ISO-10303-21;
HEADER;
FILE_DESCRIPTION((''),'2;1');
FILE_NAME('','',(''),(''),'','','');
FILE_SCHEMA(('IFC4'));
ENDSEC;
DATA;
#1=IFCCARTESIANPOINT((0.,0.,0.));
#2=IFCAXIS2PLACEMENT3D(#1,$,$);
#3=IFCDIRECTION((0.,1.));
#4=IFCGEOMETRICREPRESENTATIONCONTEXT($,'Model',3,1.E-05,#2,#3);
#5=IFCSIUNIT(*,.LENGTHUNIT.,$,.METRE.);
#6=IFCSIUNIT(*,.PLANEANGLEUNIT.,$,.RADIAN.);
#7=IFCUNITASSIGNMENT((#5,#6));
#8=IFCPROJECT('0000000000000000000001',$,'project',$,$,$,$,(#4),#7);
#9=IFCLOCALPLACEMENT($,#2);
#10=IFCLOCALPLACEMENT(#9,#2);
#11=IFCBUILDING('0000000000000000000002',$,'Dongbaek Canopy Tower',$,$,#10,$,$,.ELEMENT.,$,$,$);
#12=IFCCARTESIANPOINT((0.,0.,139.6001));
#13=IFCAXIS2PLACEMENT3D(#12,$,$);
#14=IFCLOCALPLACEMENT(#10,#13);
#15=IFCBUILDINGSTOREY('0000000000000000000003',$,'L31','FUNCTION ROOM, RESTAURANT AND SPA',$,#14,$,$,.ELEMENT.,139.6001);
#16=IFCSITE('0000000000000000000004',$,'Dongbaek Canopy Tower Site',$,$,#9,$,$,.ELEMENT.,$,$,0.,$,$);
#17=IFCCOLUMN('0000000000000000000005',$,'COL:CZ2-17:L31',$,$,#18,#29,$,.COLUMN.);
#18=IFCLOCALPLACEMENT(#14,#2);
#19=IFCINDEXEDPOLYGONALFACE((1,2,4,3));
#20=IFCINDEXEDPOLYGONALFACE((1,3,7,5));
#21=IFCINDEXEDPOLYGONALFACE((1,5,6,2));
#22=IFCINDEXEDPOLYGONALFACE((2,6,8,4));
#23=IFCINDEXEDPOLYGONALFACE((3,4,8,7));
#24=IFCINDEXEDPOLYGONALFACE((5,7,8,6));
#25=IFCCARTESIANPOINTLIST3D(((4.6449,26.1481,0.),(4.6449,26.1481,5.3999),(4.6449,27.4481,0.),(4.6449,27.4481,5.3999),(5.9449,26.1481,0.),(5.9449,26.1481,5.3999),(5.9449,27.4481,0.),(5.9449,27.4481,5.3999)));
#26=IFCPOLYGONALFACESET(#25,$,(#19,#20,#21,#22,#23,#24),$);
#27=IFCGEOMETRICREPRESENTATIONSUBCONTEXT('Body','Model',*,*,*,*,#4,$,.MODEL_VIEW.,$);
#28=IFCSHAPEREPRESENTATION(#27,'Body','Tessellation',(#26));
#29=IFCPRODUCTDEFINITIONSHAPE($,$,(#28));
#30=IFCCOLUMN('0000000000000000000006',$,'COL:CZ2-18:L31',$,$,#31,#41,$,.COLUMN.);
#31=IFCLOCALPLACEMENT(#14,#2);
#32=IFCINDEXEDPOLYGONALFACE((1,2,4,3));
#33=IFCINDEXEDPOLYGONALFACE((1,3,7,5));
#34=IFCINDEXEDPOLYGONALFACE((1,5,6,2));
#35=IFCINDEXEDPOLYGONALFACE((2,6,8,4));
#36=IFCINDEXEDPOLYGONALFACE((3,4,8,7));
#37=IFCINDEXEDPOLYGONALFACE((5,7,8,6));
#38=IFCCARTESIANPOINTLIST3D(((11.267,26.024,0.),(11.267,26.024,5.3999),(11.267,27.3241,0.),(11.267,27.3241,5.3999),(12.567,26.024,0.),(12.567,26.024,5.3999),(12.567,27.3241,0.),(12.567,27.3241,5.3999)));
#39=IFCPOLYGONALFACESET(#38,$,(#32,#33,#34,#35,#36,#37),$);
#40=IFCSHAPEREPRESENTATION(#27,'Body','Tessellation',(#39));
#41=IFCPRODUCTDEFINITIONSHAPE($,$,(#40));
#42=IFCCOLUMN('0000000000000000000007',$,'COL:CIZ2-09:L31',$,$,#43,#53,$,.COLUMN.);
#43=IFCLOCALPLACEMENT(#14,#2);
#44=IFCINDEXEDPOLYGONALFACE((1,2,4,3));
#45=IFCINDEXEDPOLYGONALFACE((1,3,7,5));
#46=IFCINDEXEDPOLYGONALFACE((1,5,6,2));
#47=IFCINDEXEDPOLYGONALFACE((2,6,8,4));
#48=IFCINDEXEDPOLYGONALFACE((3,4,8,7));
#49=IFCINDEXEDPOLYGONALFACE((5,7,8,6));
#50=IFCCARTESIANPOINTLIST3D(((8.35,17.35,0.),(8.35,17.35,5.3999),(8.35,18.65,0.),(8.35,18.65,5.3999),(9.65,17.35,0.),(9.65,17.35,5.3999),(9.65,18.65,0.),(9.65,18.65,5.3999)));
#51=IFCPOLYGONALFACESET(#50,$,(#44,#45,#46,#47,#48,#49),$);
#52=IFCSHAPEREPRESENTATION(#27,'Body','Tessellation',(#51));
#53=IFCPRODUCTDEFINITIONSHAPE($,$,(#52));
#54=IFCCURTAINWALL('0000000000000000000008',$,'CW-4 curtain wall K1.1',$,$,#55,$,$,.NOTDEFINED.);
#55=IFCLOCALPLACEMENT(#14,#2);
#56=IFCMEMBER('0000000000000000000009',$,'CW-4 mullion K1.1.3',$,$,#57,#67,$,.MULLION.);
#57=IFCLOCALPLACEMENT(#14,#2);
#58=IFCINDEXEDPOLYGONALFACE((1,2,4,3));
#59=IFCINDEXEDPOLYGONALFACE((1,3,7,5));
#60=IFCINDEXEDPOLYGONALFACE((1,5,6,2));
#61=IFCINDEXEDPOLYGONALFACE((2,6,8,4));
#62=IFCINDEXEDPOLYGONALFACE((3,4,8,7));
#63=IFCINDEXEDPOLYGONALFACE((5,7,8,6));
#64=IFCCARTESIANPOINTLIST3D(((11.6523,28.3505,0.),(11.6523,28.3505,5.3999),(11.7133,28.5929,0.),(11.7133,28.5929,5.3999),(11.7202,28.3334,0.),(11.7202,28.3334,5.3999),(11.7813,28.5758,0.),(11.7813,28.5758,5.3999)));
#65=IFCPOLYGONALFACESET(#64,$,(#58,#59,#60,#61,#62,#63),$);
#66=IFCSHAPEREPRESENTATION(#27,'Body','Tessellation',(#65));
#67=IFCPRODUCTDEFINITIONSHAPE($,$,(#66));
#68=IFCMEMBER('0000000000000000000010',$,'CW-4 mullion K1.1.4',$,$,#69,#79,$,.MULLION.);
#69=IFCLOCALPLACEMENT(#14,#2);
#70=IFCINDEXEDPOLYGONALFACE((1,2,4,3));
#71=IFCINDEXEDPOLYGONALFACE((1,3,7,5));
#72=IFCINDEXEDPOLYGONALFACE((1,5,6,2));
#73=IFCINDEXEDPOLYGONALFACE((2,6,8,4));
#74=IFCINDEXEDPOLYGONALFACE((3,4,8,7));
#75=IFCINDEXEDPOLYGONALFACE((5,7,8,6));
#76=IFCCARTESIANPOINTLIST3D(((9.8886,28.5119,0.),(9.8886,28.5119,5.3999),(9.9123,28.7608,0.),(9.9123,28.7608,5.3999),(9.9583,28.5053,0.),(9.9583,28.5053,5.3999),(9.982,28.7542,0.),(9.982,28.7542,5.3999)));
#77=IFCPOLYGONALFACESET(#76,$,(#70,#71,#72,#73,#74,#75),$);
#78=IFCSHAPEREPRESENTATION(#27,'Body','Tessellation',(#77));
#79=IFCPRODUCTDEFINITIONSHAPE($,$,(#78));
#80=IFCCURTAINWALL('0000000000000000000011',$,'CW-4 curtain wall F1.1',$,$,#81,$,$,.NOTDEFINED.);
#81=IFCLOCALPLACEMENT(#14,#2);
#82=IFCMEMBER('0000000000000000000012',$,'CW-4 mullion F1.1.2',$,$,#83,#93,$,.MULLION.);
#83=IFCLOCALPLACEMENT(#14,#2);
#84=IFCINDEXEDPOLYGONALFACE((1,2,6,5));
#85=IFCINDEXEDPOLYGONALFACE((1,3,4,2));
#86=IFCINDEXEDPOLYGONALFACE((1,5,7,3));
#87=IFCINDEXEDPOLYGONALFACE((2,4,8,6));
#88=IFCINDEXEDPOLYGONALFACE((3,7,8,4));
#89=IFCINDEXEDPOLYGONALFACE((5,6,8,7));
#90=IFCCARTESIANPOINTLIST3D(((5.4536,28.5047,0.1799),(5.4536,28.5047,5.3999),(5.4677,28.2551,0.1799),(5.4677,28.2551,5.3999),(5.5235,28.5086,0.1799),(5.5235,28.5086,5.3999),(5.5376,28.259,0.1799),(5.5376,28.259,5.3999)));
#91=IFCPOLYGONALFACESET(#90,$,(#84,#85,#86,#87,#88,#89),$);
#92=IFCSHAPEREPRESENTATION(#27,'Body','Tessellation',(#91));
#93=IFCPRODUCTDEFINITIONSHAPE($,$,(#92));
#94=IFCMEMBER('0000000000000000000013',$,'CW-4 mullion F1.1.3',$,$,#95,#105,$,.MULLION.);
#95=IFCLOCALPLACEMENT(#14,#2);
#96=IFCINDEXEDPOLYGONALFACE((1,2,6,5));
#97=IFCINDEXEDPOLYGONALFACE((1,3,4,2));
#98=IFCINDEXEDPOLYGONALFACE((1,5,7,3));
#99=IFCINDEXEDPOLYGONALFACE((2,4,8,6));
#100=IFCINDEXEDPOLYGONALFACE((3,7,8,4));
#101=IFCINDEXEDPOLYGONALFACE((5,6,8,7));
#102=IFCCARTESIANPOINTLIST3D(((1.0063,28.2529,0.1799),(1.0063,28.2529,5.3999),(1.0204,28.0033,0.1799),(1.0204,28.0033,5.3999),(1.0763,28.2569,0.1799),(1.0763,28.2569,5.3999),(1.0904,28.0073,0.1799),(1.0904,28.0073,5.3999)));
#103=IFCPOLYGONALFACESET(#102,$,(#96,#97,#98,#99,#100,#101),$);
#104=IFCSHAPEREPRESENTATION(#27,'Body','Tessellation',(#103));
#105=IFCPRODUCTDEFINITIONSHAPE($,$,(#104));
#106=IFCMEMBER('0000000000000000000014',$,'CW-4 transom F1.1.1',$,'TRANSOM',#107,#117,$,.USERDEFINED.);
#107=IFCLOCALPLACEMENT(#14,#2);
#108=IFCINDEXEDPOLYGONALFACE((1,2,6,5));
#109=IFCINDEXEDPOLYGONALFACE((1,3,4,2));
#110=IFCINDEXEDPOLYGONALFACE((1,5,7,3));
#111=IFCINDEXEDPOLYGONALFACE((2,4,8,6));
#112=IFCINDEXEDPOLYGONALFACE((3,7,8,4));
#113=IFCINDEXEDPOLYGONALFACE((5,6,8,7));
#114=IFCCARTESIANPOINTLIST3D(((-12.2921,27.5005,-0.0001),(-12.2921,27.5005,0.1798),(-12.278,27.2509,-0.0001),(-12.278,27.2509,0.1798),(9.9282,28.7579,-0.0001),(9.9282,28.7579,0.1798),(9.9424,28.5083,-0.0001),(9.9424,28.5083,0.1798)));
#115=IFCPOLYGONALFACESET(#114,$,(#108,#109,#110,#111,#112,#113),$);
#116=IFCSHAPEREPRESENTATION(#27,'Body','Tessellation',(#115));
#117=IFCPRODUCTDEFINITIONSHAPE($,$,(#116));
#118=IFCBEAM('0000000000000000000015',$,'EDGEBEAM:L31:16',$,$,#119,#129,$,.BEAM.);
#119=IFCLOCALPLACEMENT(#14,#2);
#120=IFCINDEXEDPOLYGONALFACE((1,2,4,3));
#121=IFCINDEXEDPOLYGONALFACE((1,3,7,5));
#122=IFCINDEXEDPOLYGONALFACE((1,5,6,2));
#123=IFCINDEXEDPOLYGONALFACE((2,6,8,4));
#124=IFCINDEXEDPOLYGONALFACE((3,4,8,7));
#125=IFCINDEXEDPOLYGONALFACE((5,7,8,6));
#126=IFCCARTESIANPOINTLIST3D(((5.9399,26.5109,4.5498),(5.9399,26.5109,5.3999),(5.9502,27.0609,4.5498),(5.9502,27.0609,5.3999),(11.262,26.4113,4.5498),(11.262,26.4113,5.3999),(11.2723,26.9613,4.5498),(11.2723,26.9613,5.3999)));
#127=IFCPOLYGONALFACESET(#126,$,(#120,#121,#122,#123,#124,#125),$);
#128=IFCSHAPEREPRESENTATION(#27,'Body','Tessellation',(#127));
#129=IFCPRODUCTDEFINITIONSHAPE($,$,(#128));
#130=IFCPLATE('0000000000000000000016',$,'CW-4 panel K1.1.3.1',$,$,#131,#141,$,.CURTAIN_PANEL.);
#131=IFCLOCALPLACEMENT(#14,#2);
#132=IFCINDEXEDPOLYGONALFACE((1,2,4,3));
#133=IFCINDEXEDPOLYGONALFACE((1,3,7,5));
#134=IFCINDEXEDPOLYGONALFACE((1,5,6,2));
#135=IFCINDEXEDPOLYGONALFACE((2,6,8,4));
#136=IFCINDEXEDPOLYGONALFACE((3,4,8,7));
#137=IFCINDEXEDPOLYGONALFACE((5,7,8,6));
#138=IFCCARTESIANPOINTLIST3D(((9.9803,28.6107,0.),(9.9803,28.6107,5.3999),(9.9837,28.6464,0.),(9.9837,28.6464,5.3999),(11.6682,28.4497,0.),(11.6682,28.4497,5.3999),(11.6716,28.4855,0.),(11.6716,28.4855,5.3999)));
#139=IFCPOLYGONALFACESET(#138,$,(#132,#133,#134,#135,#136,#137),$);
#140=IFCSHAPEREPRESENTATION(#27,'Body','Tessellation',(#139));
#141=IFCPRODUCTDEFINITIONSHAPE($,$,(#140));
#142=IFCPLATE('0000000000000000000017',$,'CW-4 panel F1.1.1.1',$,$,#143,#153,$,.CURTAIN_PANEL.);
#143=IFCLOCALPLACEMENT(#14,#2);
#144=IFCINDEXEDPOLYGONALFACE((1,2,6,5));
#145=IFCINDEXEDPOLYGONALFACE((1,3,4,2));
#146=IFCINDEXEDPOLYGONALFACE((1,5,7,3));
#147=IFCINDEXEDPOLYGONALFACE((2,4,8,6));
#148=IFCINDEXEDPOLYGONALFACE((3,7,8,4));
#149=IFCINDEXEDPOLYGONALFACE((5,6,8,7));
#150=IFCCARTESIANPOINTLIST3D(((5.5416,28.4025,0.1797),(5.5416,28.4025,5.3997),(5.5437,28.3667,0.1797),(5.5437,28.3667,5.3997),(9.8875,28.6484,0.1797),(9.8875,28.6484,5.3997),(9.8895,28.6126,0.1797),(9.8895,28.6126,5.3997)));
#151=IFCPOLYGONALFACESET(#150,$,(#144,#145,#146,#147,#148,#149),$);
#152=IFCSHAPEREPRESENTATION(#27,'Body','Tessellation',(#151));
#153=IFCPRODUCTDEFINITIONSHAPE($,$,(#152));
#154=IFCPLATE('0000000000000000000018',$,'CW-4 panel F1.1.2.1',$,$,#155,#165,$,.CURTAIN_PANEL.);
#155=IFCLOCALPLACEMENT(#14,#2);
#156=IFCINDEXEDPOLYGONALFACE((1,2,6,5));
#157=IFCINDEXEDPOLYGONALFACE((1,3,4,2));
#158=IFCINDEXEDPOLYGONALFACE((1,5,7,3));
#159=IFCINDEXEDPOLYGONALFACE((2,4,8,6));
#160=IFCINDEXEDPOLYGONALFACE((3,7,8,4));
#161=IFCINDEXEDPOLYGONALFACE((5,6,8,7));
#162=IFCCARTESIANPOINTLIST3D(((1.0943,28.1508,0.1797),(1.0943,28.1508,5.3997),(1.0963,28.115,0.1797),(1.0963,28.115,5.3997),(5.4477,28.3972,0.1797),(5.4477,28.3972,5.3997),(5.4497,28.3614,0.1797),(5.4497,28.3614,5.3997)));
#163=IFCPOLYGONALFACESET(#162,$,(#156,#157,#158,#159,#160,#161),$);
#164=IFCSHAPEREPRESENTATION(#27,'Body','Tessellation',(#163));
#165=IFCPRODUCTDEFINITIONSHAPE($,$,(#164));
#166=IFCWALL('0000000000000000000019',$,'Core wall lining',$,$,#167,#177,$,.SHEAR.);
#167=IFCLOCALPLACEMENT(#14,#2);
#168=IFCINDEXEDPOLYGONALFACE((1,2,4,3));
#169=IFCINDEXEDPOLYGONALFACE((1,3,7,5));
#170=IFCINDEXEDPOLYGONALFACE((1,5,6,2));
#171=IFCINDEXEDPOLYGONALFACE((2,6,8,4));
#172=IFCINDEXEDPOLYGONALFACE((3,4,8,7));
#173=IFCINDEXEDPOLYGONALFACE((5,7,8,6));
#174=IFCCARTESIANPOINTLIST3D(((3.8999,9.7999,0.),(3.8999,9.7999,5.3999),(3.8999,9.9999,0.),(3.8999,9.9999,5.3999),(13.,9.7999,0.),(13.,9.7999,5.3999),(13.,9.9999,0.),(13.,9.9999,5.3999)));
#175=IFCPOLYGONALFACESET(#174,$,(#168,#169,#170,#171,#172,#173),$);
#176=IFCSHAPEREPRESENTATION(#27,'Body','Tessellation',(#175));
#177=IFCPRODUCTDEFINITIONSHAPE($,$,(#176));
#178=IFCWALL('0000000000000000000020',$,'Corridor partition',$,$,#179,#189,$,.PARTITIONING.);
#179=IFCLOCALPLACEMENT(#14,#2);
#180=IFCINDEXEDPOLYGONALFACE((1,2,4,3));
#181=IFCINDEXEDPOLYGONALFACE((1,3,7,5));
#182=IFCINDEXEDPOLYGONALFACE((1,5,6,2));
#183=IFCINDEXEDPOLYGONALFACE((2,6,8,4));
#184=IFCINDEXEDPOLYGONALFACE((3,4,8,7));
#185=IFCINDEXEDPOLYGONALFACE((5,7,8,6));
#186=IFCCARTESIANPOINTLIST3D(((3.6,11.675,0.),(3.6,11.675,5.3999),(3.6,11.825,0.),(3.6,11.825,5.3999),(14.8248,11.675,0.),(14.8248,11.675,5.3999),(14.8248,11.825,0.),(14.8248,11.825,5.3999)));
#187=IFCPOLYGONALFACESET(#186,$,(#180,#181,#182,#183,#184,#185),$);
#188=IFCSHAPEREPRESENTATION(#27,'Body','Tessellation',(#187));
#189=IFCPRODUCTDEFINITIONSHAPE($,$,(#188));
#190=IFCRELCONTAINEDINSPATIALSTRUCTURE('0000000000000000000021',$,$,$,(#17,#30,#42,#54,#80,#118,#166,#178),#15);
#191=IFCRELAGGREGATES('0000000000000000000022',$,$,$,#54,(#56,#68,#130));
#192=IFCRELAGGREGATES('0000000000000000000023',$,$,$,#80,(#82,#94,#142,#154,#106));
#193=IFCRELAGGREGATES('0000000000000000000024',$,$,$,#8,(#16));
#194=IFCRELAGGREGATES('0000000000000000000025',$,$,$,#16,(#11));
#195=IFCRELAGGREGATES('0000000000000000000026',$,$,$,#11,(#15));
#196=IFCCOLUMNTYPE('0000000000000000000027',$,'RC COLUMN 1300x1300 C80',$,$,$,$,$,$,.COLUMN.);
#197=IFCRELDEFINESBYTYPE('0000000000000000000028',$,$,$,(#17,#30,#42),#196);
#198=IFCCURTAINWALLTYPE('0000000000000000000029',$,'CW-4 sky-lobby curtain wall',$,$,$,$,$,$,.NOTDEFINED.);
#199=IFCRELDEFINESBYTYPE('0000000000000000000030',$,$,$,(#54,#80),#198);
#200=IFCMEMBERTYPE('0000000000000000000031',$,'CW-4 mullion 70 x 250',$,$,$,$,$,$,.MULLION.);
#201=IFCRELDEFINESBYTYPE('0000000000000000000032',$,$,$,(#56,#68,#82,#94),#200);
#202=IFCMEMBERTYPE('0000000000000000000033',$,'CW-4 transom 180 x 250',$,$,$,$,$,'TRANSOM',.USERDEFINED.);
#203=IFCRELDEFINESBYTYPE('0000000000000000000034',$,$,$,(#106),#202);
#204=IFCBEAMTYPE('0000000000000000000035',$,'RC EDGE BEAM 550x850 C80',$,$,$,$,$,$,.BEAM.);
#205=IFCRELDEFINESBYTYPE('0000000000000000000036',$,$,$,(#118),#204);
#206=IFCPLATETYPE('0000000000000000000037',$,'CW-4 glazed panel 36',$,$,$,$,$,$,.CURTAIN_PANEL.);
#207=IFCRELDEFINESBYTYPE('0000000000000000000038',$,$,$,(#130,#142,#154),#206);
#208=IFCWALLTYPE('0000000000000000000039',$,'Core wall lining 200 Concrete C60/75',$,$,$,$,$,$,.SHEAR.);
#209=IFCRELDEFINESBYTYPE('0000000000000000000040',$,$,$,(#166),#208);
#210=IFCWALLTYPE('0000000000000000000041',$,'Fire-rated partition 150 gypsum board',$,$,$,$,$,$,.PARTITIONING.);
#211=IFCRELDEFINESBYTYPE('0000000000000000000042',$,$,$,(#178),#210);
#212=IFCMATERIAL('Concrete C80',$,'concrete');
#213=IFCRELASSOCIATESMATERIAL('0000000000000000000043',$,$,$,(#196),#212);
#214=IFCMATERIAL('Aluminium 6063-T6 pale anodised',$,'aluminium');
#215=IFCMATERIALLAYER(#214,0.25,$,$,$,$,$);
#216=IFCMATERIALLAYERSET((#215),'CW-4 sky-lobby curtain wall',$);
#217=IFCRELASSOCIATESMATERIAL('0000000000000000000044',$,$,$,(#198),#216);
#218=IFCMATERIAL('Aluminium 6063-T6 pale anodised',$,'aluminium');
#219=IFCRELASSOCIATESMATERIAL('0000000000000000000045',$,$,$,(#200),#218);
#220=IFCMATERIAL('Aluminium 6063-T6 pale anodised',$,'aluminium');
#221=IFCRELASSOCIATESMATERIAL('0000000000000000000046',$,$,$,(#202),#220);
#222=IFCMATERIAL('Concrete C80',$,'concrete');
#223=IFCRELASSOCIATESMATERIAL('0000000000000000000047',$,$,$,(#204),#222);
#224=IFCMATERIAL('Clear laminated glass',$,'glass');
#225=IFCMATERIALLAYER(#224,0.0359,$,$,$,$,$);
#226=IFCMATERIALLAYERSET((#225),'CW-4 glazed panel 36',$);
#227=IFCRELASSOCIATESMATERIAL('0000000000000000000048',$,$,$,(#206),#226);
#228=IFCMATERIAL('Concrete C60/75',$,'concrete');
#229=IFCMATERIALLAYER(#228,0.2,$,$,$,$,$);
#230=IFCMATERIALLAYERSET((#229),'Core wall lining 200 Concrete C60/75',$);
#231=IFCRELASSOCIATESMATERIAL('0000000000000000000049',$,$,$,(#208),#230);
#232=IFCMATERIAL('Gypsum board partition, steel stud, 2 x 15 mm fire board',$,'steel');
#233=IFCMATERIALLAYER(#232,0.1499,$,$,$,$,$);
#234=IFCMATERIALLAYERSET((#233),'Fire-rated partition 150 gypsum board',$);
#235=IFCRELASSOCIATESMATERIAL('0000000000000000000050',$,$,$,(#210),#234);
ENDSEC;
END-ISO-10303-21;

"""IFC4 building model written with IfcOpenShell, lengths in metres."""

from ifc_helpers import new_model, si_unit, direction, frame, frame_2d, origin, origin_2d, place, context, subcontext, project, spatial, rectangle, extrude, material, layer, layer_set, material_profile, profile_set, type_object, element, aggregate, save


model = new_model("IFC4")

# Units and contexts
model_context = context("Model", 3, precision=1e-05, world=origin(), true_north=direction((0.0, 1.0)))
body_context = subcontext(model_context, "Body", "Model", "MODEL_VIEW")
ifc_project = project(units=[si_unit("LENGTHUNIT", "METRE"), si_unit("PLANEANGLEUNIT", "RADIAN")], contexts=[model_context])

# Site, building, storey
site_placement = place(None, origin())
site = spatial("IfcSite", under=ifc_project, at=site_placement, Name="Dongbaek Canopy Tower Site", CompositionType="ELEMENT", RefElevation=0.0)
building_placement = place(site_placement, origin())
building = spatial("IfcBuilding", under=site, at=building_placement, Name="Dongbaek Canopy Tower", CompositionType="ELEMENT")
storey_placement = place(building_placement, frame((0.0, 0.0, 139.6001)))
storey = spatial("IfcBuildingStorey", under=building, at=storey_placement, Name="L31", Description="FUNCTION ROOM, RESTAURANT AND SPA", CompositionType="ELEMENT", Elevation=139.6001)

# Columns
ifc_material_1 = material(Name="Concrete C80", Category="concrete")
ifc_material_profile_1 = material_profile(ifc_material_1, rectangle(XDim=1.3, YDim=1.3, at=origin_2d()), Name="RC COLUMN 1300x1300 C80")
ifc_profile_set_1 = profile_set([ifc_material_profile_1], Name="Concrete C80")
column_type = type_object("IfcColumnType", Name="RC COLUMN 1300x1300 C80", PredefinedType="COLUMN", material=ifc_profile_set_1)
for number, where, z_axis, x_axis, name in (
    (1, (5.2949, 26.7981, 0.0), (0.0, 0.0, 1.0), (1.0, 0.0, 0.0), "COL:CZ2-17:L31"),
    (2, (11.917, 26.6741, 0.0), (0.0, 0.0, 1.0), (1.0, 0.0, 0.0), "COL:CZ2-18:L31"),
    (3, (9.0, 18.0, 0.0), (0.0, 0.0, 1.0), (1.0, 0.0, 0.0), "COL:CIZ2-09:L31"),
):
    element("IfcColumn", number, at=place(storey_placement, frame(where, z_axis=z_axis, x_axis=x_axis)), inside=storey, type_object=column_type, Name=name, PredefinedType="COLUMN", context=body_context, shape_type="SweptSolid", body=[
        extrude(rectangle(XDim=1.3, YDim=1.3, at=origin_2d()), origin(), (0.0, 0.0, 1.0), 5.3999),
    ])

# Curtain walls, members
ifc_material_2 = material(Name="Aluminium 6063-T6 pale anodised", Category="aluminium")
ifc_layer_1 = layer(ifc_material_2, 0.25)
ifc_layer_set_1 = layer_set([ifc_layer_1], Name="CW-4 sky-lobby curtain wall")
curtain_wall_type = type_object("IfcCurtainWallType", Name="CW-4 sky-lobby curtain wall", PredefinedType="NOTDEFINED", material=ifc_layer_set_1)
curtain_wall_1_placement = place(storey_placement, origin())
curtain_wall_1 = element("IfcCurtainWall", 4, at=curtain_wall_1_placement, inside=storey, type_object=curtain_wall_type, Name="CW-4 curtain wall K1.1", PredefinedType="NOTDEFINED")
ifc_material_3 = material(Name="Aluminium 6063-T6 pale anodised", Category="aluminium")
ifc_material_profile_2 = material_profile(ifc_material_3, rectangle(XDim=0.25, YDim=0.0701, at=origin_2d()), Name="CW-4 mullion 70 x 250")
ifc_profile_set_2 = profile_set([ifc_material_profile_2], Name="Aluminium 6063-T6 pale anodised")
member_type_1 = type_object("IfcMemberType", Name="CW-4 mullion 70 x 250", PredefinedType="MULLION", material=ifc_profile_set_2)
member_1_placement = place(storey_placement, frame((11.7168, 28.4631, 0.0), z_axis=(0.0, 0.0, 1.0), x_axis=(0.244197, 0.969726, 0.0)))
member_1 = element("IfcMember", 5, at=member_1_placement, type_object=member_type_1, Name="CW-4 mullion K1.1.3", PredefinedType="MULLION", context=body_context, shape_type="SweptSolid", body=[
    extrude(rectangle(XDim=0.25, YDim=0.0701, at=origin_2d()), origin(), (0.0, 0.0, 1.0), 5.3999),
])
member_2_placement = place(storey_placement, frame((9.9353, 28.6331, 0.0), z_axis=(0.0, 0.0, 1.0), x_axis=(0.09494, 0.995483, 0.0)))
member_2 = element("IfcMember", 6, at=member_2_placement, type_object=member_type_1, Name="CW-4 mullion K1.1.4", PredefinedType="MULLION", context=body_context, shape_type="SweptSolid", body=[
    extrude(rectangle(XDim=0.25, YDim=0.0701, at=origin_2d()), origin(), (0.0, 0.0, 1.0), 5.3999),
])
curtain_wall_2_placement = place(storey_placement, origin())
curtain_wall_2 = element("IfcCurtainWall", 7, at=curtain_wall_2_placement, inside=storey, type_object=curtain_wall_type, Name="CW-4 curtain wall F1.1", PredefinedType="NOTDEFINED")
member_3_placement = place(storey_placement, frame((5.4956, 28.3818, 0.1799), z_axis=(0.0, 0.0, 1.0), x_axis=(-0.056495, 0.998403, 0.0)))
member_3 = element("IfcMember", 8, at=member_3_placement, type_object=member_type_1, Name="CW-4 mullion F1.1.2", PredefinedType="MULLION", context=body_context, shape_type="SweptSolid", body=[
    extrude(rectangle(XDim=0.25, YDim=0.0701, at=origin_2d()), origin(), (0.0, 0.0, 1.0), 5.22),
])
member_4_placement = place(storey_placement, frame((1.0483, 28.1301, 0.1799), z_axis=(0.0, 0.0, 1.0), x_axis=(-0.056495, 0.998403, 0.0)))
member_4 = element("IfcMember", 9, at=member_4_placement, type_object=member_type_1, Name="CW-4 mullion F1.1.3", PredefinedType="MULLION", context=body_context, shape_type="SweptSolid", body=[
    extrude(rectangle(XDim=0.25, YDim=0.0701, at=origin_2d()), origin(), (0.0, 0.0, 1.0), 5.22),
])
ifc_material_4 = material(Name="Aluminium 6063-T6 pale anodised", Category="aluminium")
ifc_material_profile_3 = material_profile(ifc_material_4, rectangle(XDim=0.25, YDim=0.1799, at=origin_2d()), Name="CW-4 transom 180 x 250")
ifc_profile_set_3 = profile_set([ifc_material_profile_3], Name="Aluminium 6063-T6 pale anodised")
member_type_2 = type_object("IfcMemberType", Name="CW-4 transom 180 x 250", ElementType="TRANSOM", PredefinedType="USERDEFINED", material=ifc_profile_set_3)
member_5_placement = place(storey_placement, frame((9.9353, 28.6331, 0.0898), z_axis=(-0.998403, -0.056494, 0.0), x_axis=(0.056494, -0.998403, 0.0)))
member_5 = element("IfcMember", 10, at=member_5_placement, type_object=member_type_2, Name="CW-4 transom F1.1.1", ObjectType="TRANSOM", PredefinedType="USERDEFINED", context=body_context, shape_type="SweptSolid", body=[
    extrude(rectangle(XDim=0.25, YDim=0.1799, at=origin_2d()), origin(), (0.0, 0.0, 1.0), 22.2559),
])

# Beam
ifc_material_5 = material(Name="Concrete C80", Category="concrete")
ifc_material_profile_4 = material_profile(ifc_material_5, rectangle(XDim=0.55, YDim=0.8501, at=origin_2d()), Name="RC EDGE BEAM 550x850 C80")
ifc_profile_set_4 = profile_set([ifc_material_profile_4], Name="Concrete C80")
beam_type = type_object("IfcBeamType", Name="RC EDGE BEAM 550x850 C80", PredefinedType="BEAM", material=ifc_profile_set_4)
beam_placement = place(storey_placement, frame((5.9451, 26.7859, 4.9749), z_axis=(0.999825, -0.018713, 0.0), x_axis=(0.018713, 0.999825, 0.0)))
element("IfcBeam", 11, at=beam_placement, inside=storey, type_object=beam_type, Name="EDGEBEAM:L31:16", PredefinedType="BEAM", context=body_context, shape_type="SweptSolid", body=[
    extrude(rectangle(XDim=0.55, YDim=0.8501, at=origin_2d()), origin(), (0.0, 0.0, 1.0), 5.323),
])

# Plates
ifc_material_6 = material(Name="Clear laminated glass", Category="glass")
ifc_layer_2 = layer(ifc_material_6, 0.0359)
ifc_layer_set_2 = layer_set([ifc_layer_2], Name="CW-4 glazed panel 36")
plate_type = type_object("IfcPlateType", Name="CW-4 glazed panel 36", PredefinedType="CURTAIN_PANEL", material=ifc_layer_set_2)
plate_1_placement = place(storey_placement, frame((10.8259, 28.5481, 0.0), z_axis=(0.0, 0.0, 1.0), x_axis=(-0.995483, 0.09494, 0.0)))
plate_1 = element("IfcPlate", 12, at=plate_1_placement, type_object=plate_type, Name="CW-4 panel K1.1.3.1", PredefinedType="CURTAIN_PANEL", context=body_context, shape_type="SweptSolid", body=[
    extrude(rectangle(XDim=1.6956, YDim=0.0359, at=origin_2d()), origin(), (0.0, 0.0, 1.0), 5.3999),
])
aggregate(curtain_wall_1, [member_1, member_2, plate_1])
plate_2_placement = place(storey_placement, frame((7.7156, 28.5076, 0.1797), z_axis=(0.0, 0.0, 1.0), x_axis=(-0.998403, -0.056495, 0.0)))
plate_2 = element("IfcPlate", 13, at=plate_2_placement, type_object=plate_type, Name="CW-4 panel F1.1.1.1", PredefinedType="CURTAIN_PANEL", context=body_context, shape_type="SweptSolid", body=[
    extrude(rectangle(XDim=4.3528, YDim=0.0359, at=origin_2d()), origin(), (0.0, 0.0, 1.0), 5.22),
])
plate_3_placement = place(storey_placement, frame((3.272, 28.2561, 0.1797), z_axis=(0.0, 0.0, 1.0), x_axis=(-0.998403, -0.056495, 0.0)))
plate_3 = element("IfcPlate", 14, at=plate_3_placement, type_object=plate_type, Name="CW-4 panel F1.1.2.1", PredefinedType="CURTAIN_PANEL", context=body_context, shape_type="SweptSolid", body=[
    extrude(rectangle(XDim=4.3604, YDim=0.0359, at=origin_2d()), origin(), (0.0, 0.0, 1.0), 5.22),
])
aggregate(curtain_wall_2, [member_3, member_4, plate_2, plate_3, member_5])

# Walls
ifc_material_7 = material(Name="Concrete C60/75", Category="concrete")
ifc_layer_3 = layer(ifc_material_7, 0.2)
ifc_layer_set_3 = layer_set([ifc_layer_3], Name="Core wall lining 200 Concrete C60/75")
wall_type_1 = type_object("IfcWallType", Name="Core wall lining 200 Concrete C60/75", PredefinedType="SHEAR", material=ifc_layer_set_3)
wall_1_placement = place(storey_placement, frame((3.8999, 9.8999, 0.0), z_axis=(0.0, 0.0, 1.0), x_axis=(1.0, 0.0, 0.0)))
element("IfcWall", 15, at=wall_1_placement, inside=storey, type_object=wall_type_1, Name="Core wall lining", PredefinedType="SHEAR", context=body_context, shape_type="SweptSolid", body=[
    extrude(rectangle(XDim=9.1001, YDim=0.2, at=frame_2d((4.55, 0.0))), origin(), (0.0, 0.0, 1.0), 5.3999),
])
ifc_material_8 = material(Name="Gypsum board partition, steel stud, 2 x 15 mm fire board", Category="steel")
ifc_layer_4 = layer(ifc_material_8, 0.1499)
ifc_layer_set_4 = layer_set([ifc_layer_4], Name="Fire-rated partition 150 gypsum board")
wall_type_2 = type_object("IfcWallType", Name="Fire-rated partition 150 gypsum board", PredefinedType="PARTITIONING", material=ifc_layer_set_4)
wall_2_placement = place(storey_placement, frame((3.6001, 11.75, 0.0), z_axis=(0.0, 0.0, 1.0), x_axis=(1.0, 0.0, 0.0)))
element("IfcWall", 16, at=wall_2_placement, inside=storey, type_object=wall_type_2, Name="Corridor partition", PredefinedType="PARTITIONING", context=body_context, shape_type="SweptSolid", body=[
    extrude(rectangle(XDim=11.2249, YDim=0.1499, at=frame_2d((5.6123, 0.0))), origin(), (0.0, 0.0, 1.0), 5.3999),
])

save(model, "model.ifc")
